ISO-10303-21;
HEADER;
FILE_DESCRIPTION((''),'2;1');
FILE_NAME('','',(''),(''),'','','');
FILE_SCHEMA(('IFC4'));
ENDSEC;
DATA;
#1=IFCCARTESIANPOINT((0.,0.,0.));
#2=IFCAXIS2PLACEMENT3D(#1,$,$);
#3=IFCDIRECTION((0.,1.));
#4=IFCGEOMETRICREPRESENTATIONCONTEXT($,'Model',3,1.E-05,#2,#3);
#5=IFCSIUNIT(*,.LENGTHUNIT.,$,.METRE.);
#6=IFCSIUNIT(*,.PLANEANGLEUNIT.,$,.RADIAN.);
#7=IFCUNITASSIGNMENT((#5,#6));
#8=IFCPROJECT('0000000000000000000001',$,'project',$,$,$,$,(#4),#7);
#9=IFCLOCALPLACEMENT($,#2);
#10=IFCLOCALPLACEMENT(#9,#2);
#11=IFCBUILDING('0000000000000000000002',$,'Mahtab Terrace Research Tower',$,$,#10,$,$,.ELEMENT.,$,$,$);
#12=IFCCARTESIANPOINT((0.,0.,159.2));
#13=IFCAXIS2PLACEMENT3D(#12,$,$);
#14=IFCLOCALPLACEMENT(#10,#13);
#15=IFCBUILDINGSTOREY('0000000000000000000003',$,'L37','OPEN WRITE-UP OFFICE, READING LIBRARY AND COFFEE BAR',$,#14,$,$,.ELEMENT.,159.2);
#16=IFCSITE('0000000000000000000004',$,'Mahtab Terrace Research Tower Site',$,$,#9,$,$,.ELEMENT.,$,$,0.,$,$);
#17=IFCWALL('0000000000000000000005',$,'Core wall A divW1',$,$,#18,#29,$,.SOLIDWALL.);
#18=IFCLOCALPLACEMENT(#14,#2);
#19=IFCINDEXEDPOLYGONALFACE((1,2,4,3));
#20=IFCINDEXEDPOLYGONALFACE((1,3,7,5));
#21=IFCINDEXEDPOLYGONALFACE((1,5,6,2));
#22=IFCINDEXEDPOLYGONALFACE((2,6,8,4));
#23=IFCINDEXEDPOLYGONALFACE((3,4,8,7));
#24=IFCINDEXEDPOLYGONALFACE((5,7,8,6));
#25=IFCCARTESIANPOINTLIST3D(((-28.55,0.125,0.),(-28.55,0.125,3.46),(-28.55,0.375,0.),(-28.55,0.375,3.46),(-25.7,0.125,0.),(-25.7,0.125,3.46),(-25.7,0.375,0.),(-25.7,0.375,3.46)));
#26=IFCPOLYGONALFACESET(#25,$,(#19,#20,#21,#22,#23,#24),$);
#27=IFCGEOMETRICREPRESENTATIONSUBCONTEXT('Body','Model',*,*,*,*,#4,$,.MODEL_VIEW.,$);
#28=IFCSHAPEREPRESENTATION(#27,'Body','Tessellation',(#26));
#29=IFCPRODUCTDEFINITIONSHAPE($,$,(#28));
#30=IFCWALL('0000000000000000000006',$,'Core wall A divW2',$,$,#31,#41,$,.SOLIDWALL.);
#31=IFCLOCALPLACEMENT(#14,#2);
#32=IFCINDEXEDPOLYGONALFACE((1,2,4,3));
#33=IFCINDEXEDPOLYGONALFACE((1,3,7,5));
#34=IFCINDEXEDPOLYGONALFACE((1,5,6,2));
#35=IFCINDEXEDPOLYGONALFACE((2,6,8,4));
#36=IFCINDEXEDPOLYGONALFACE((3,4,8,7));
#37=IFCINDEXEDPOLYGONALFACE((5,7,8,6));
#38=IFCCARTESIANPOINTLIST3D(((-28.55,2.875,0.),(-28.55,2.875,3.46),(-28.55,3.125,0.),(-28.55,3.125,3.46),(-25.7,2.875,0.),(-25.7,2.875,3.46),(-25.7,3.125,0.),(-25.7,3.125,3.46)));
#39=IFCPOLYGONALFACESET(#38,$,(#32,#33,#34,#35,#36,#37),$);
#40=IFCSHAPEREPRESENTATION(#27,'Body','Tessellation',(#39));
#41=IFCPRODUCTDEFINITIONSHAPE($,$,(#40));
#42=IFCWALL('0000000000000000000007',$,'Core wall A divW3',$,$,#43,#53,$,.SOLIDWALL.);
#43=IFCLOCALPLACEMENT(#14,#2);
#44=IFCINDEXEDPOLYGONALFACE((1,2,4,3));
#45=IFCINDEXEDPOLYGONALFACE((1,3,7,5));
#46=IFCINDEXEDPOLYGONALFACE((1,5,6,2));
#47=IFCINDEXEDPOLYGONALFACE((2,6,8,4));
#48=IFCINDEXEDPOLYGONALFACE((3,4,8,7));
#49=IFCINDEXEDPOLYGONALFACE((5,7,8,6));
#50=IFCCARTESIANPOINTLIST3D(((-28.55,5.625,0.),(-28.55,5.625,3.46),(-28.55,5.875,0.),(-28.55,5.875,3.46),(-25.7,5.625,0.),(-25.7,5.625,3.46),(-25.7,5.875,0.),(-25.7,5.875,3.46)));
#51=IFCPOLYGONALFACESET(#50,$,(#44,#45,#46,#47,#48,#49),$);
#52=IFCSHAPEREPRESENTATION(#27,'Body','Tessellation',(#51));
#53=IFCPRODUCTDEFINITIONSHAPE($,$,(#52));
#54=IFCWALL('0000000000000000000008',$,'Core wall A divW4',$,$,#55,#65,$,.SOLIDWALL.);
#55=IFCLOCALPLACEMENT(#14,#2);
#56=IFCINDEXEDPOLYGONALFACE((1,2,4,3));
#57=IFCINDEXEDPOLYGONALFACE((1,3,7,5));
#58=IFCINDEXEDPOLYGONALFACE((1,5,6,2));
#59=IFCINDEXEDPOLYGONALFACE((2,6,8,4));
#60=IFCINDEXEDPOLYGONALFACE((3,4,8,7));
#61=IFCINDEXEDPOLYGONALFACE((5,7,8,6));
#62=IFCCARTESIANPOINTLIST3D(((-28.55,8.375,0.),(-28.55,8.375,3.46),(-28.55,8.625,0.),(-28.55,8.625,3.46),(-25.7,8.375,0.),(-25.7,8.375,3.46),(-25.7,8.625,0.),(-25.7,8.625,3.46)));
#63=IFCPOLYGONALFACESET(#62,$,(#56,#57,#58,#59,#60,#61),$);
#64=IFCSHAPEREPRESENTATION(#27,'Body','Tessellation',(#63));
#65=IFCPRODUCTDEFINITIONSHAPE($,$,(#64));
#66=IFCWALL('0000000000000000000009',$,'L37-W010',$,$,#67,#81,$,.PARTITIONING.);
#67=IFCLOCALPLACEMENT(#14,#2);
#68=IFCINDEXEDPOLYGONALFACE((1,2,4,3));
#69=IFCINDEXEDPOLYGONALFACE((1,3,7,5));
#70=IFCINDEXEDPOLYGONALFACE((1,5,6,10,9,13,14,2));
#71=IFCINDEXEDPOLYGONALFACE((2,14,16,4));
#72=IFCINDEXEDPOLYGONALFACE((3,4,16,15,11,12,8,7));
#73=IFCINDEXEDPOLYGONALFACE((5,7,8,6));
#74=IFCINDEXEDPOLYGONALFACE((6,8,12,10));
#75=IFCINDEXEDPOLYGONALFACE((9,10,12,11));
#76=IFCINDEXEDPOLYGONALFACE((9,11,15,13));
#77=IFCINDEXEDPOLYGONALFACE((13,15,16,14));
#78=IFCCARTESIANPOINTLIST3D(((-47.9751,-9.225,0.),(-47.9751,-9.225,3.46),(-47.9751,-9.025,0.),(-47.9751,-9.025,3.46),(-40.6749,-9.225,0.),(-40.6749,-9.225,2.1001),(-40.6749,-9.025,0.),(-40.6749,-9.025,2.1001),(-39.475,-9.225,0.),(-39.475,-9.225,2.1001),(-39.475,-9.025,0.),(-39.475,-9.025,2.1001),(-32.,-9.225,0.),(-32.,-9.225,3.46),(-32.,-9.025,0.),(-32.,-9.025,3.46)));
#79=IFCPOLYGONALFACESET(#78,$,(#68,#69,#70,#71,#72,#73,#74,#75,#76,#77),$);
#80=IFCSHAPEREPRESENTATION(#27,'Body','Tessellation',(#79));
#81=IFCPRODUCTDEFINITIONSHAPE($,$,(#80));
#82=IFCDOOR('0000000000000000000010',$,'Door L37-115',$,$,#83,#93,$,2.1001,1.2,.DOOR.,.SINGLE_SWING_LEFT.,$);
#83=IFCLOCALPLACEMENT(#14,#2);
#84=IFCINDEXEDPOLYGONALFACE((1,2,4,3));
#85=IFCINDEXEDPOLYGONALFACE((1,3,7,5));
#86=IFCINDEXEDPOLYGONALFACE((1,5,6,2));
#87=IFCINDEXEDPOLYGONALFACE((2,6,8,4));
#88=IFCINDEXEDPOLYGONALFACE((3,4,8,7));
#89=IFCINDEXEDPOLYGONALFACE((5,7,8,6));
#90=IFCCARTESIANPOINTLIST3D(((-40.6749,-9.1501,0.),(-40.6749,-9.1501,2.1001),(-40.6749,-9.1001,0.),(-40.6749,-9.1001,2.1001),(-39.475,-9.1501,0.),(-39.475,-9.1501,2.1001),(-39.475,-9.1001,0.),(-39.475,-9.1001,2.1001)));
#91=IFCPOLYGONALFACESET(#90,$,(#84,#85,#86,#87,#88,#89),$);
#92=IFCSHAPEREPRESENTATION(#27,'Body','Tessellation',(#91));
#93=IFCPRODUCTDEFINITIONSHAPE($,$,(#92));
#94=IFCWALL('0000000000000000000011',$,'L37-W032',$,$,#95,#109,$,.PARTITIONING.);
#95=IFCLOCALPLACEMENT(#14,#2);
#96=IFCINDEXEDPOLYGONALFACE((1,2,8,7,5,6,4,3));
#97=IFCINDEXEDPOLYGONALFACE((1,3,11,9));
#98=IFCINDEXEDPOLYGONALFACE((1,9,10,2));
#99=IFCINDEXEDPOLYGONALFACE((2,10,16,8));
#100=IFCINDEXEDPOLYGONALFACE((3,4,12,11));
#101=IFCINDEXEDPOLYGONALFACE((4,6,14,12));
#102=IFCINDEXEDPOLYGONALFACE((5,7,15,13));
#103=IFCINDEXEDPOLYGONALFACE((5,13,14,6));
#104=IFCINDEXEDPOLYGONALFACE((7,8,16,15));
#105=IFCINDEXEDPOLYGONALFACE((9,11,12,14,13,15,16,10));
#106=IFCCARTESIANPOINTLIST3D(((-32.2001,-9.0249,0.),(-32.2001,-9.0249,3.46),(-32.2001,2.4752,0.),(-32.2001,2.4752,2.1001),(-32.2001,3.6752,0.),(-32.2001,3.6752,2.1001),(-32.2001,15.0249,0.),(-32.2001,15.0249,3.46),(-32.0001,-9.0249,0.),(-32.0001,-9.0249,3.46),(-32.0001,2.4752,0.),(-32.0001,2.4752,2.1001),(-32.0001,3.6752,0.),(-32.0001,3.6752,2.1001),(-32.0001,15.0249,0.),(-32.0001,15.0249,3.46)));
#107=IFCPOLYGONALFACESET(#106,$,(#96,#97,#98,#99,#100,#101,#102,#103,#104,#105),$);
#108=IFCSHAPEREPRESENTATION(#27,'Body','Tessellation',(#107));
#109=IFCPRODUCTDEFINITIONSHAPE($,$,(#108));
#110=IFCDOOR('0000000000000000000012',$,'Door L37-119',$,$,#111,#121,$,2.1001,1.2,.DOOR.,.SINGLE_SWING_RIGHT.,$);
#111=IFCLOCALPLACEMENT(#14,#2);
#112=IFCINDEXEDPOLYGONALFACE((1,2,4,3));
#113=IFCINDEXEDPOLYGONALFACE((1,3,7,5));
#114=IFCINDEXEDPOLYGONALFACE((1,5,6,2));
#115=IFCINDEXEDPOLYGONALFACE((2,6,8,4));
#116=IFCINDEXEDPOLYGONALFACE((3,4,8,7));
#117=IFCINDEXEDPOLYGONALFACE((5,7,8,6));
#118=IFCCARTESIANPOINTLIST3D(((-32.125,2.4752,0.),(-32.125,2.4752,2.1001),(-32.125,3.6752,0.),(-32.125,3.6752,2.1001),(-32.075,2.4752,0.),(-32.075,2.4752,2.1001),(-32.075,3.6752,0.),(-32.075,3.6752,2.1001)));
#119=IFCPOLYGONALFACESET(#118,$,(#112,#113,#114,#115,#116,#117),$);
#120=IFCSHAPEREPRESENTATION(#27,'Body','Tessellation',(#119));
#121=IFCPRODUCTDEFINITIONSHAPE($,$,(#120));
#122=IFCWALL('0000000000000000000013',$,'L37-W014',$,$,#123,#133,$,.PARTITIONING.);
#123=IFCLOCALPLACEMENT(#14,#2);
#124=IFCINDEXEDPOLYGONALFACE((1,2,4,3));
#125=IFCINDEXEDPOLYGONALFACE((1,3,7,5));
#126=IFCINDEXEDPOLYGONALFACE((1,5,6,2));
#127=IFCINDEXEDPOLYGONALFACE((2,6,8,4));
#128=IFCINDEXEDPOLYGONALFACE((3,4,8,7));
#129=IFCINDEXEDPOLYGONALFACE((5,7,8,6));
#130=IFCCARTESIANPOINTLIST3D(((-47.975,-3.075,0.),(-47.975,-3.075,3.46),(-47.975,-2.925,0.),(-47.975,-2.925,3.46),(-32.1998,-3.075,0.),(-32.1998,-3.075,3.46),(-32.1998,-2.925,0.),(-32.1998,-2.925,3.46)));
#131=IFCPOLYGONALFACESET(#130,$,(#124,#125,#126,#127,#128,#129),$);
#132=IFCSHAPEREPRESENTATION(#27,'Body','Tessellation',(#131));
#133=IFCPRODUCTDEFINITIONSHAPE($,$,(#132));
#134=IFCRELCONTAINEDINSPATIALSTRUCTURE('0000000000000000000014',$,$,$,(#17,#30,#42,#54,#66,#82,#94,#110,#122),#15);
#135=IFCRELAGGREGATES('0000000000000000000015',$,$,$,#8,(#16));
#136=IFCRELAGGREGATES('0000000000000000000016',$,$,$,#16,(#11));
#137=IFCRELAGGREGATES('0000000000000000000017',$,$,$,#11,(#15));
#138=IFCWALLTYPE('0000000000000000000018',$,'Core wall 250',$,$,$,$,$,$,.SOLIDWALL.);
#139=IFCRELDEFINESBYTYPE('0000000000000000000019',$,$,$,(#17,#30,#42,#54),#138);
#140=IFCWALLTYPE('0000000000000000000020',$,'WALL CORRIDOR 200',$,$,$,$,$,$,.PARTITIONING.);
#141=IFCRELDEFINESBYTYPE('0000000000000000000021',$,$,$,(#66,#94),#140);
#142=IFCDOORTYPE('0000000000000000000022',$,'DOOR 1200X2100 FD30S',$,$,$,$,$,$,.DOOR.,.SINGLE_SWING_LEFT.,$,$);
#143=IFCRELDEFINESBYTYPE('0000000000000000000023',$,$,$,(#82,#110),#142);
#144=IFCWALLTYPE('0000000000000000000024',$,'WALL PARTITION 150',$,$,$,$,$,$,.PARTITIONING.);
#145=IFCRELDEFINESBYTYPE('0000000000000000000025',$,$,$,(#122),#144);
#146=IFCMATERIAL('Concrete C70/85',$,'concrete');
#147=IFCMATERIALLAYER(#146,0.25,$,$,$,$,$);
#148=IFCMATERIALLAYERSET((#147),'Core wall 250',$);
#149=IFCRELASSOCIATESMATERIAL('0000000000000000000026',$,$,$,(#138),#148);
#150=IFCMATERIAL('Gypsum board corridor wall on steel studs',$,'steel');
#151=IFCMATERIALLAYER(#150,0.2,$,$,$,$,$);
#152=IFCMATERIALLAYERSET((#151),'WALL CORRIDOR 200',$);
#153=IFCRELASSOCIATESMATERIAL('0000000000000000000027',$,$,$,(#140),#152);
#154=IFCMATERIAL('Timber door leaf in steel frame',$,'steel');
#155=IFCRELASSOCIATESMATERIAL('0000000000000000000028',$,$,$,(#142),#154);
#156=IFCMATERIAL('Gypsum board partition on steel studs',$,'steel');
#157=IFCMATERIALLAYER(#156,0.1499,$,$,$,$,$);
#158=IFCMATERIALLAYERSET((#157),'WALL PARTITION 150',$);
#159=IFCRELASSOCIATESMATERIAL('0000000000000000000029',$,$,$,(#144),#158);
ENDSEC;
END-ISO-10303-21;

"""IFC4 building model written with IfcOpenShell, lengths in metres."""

from ifc_helpers import new_model, si_unit, direction, frame, frame_2d, origin, place, context, subcontext, project, spatial, rectangle, extrude, material, layer, layer_set, type_object, element, fill, save


model = new_model("IFC4")

# Units and contexts
model_context = context("Model", 3, precision=1e-05, world=origin(), true_north=direction((0.0, 1.0)))
body_context = subcontext(model_context, "Body", "Model", "MODEL_VIEW")
ifc_project = project(units=[si_unit("LENGTHUNIT", "METRE"), si_unit("PLANEANGLEUNIT", "RADIAN")], contexts=[model_context])

# Site, building, storey
site_placement = place(None, origin())
site = spatial("IfcSite", under=ifc_project, at=site_placement, Name="Mahtab Terrace Research Tower Site", CompositionType="ELEMENT", RefElevation=0.0)
building_placement = place(site_placement, origin())
building = spatial("IfcBuilding", under=site, at=building_placement, Name="Mahtab Terrace Research Tower", CompositionType="ELEMENT")
storey_placement = place(building_placement, frame((0.0, 0.0, 159.2)))
storey = spatial("IfcBuildingStorey", under=building, at=storey_placement, Name="L37", Description="OPEN WRITE-UP OFFICE, READING LIBRARY AND COFFEE BAR", CompositionType="ELEMENT", Elevation=159.2)

# Shared definitions
ifc_material_1 = material(Name="Concrete C70/85", Category="concrete")

# Walls
ifc_layer_1 = layer(ifc_material_1, 0.25)
ifc_layer_set_1 = layer_set([ifc_layer_1], Name="Core wall 250")
wall_type_1 = type_object("IfcWallType", Name="Core wall 250", PredefinedType="SOLIDWALL", material=ifc_layer_set_1)
for number, where, z_axis, x_axis, name in (
    (1, (-28.55, 0.25, 0.0), (0.0, 0.0, 1.0), (1.0, 0.0, 0.0), "Core wall A divW1"),
    (2, (-28.55, 3.0, 0.0), (0.0, 0.0, 1.0), (1.0, 0.0, 0.0), "Core wall A divW2"),
    (3, (-28.55, 5.75, 0.0), (0.0, 0.0, 1.0), (1.0, 0.0, 0.0), "Core wall A divW3"),
    (4, (-28.55, 8.5, 0.0), (0.0, 0.0, 1.0), (1.0, 0.0, 0.0), "Core wall A divW4"),
):
    element("IfcWall", number, at=place(storey_placement, frame(where, z_axis=z_axis, x_axis=x_axis)), inside=storey, type_object=wall_type_1, Name=name, PredefinedType="SOLIDWALL", context=body_context, shape_type="SweptSolid", body=[
        extrude(rectangle(XDim=2.8501, YDim=0.25, at=frame_2d((1.425, 0.0))), origin(), (0.0, 0.0, 1.0), 3.46),
    ])

# Walls, openings, doors
ifc_material_2 = material(Name="Gypsum board corridor wall on steel studs", Category="steel")
ifc_layer_2 = layer(ifc_material_2, 0.2)
ifc_layer_set_2 = layer_set([ifc_layer_2], Name="WALL CORRIDOR 200")
wall_type_2 = type_object("IfcWallType", Name="WALL CORRIDOR 200", PredefinedType="PARTITIONING", material=ifc_layer_set_2)
wall_1_placement = place(storey_placement, frame((-47.9751, -9.125, 0.0), z_axis=(0.0, 0.0, 1.0), x_axis=(1.0, 0.0, 0.0)))
wall_1 = element("IfcWall", 5, at=wall_1_placement, inside=storey, type_object=wall_type_2, Name="L37-W010", PredefinedType="PARTITIONING", context=body_context, shape_type="SweptSolid", body=[
    extrude(rectangle(XDim=15.9751, YDim=0.2, at=frame_2d((7.9875, 0.0))), origin(), (0.0, 0.0, 1.0), 3.46),
])
opening_1_placement = place(wall_1_placement, frame((7.3, 0.0, 0.0)))
opening_1 = element("IfcOpeningElement", 6, at=opening_1_placement, cuts=wall_1, PredefinedType="OPENING", context=body_context, shape_type="SweptSolid", body=[
    extrude(rectangle(XDim=1.2, YDim=2.1001, at=frame_2d((0.6001, 1.05))), frame((0.0, 0.1099, 0.0), z_axis=(0.0, -1.0, 0.0), x_axis=(1.0, 0.0, 0.0)), (0.0, 0.0, 1.0), 0.22),
])
ifc_material_3 = material(Name="Timber door leaf in steel frame", Category="steel")
door_type = type_object("IfcDoorType", Name="DOOR 1200X2100 FD30S", OperationType="SINGLE_SWING_LEFT", PredefinedType="DOOR", material=ifc_material_3)
door_1_placement = place(opening_1_placement, origin())
door_1 = element("IfcDoor", 7, at=door_1_placement, inside=storey, type_object=door_type, Name="Door L37-115", OperationType="SINGLE_SWING_LEFT", OverallHeight=2.1001, OverallWidth=1.2, PredefinedType="DOOR", context=body_context, shape_type="SweptSolid", body=[
    extrude(rectangle(XDim=1.2, YDim=2.1001, at=frame_2d((0.6001, 1.05))), frame((0.0, 0.0249, 0.0), z_axis=(0.0, -1.0, 0.0), x_axis=(1.0, 0.0, 0.0)), (0.0, 0.0, 1.0), 0.05),
])
fill(opening_1, door_1)
wall_2_placement = place(storey_placement, frame((-32.1001, -9.0249, 0.0), z_axis=(0.0, 0.0, 1.0), x_axis=(0.0, 1.0, 0.0)))
wall_2 = element("IfcWall", 8, at=wall_2_placement, inside=storey, type_object=wall_type_2, Name="L37-W032", PredefinedType="PARTITIONING", context=body_context, shape_type="SweptSolid", body=[
    extrude(rectangle(XDim=24.0498, YDim=0.2, at=frame_2d((12.0249, 0.0))), origin(), (0.0, 0.0, 1.0), 3.46),
])
opening_2_placement = place(wall_2_placement, frame((11.5, 0.0, 0.0)))
opening_2 = element("IfcOpeningElement", 9, at=opening_2_placement, cuts=wall_2, PredefinedType="OPENING", context=body_context, shape_type="SweptSolid", body=[
    extrude(rectangle(XDim=1.2, YDim=2.1001, at=frame_2d((0.6001, 1.05))), frame((0.0, 0.1099, 0.0), z_axis=(0.0, -1.0, 0.0), x_axis=(1.0, 0.0, 0.0)), (0.0, 0.0, 1.0), 0.22),
])
door_2_placement = place(opening_2_placement, origin())
door_2 = element("IfcDoor", 10, at=door_2_placement, inside=storey, type_object=door_type, Name="Door L37-119", OperationType="SINGLE_SWING_RIGHT", OverallHeight=2.1001, OverallWidth=1.2, PredefinedType="DOOR", context=body_context, shape_type="SweptSolid", body=[
    extrude(rectangle(XDim=1.2, YDim=2.1001, at=frame_2d((0.6001, 1.05))), frame((0.0, 0.0249, 0.0), z_axis=(0.0, -1.0, 0.0), x_axis=(1.0, 0.0, 0.0)), (0.0, 0.0, 1.0), 0.05),
])
fill(opening_2, door_2)

# Wall
ifc_material_4 = material(Name="Gypsum board partition on steel studs", Category="steel")
ifc_layer_3 = layer(ifc_material_4, 0.1499)
ifc_layer_set_3 = layer_set([ifc_layer_3], Name="WALL PARTITION 150")
wall_type_3 = type_object("IfcWallType", Name="WALL PARTITION 150", PredefinedType="PARTITIONING", material=ifc_layer_set_3)
wall_3_placement = place(storey_placement, frame((-47.9751, -3.0, 0.0), z_axis=(0.0, 0.0, 1.0), x_axis=(1.0, 0.0, 0.0)))
element("IfcWall", 11, at=wall_3_placement, inside=storey, type_object=wall_type_3, Name="L37-W014", PredefinedType="PARTITIONING", context=body_context, shape_type="SweptSolid", body=[
    extrude(rectangle(XDim=15.7751, YDim=0.1499, at=frame_2d((7.8877, 0.0))), origin(), (0.0, 0.0, 1.0), 3.46),
])

save(model, "model.ifc")
